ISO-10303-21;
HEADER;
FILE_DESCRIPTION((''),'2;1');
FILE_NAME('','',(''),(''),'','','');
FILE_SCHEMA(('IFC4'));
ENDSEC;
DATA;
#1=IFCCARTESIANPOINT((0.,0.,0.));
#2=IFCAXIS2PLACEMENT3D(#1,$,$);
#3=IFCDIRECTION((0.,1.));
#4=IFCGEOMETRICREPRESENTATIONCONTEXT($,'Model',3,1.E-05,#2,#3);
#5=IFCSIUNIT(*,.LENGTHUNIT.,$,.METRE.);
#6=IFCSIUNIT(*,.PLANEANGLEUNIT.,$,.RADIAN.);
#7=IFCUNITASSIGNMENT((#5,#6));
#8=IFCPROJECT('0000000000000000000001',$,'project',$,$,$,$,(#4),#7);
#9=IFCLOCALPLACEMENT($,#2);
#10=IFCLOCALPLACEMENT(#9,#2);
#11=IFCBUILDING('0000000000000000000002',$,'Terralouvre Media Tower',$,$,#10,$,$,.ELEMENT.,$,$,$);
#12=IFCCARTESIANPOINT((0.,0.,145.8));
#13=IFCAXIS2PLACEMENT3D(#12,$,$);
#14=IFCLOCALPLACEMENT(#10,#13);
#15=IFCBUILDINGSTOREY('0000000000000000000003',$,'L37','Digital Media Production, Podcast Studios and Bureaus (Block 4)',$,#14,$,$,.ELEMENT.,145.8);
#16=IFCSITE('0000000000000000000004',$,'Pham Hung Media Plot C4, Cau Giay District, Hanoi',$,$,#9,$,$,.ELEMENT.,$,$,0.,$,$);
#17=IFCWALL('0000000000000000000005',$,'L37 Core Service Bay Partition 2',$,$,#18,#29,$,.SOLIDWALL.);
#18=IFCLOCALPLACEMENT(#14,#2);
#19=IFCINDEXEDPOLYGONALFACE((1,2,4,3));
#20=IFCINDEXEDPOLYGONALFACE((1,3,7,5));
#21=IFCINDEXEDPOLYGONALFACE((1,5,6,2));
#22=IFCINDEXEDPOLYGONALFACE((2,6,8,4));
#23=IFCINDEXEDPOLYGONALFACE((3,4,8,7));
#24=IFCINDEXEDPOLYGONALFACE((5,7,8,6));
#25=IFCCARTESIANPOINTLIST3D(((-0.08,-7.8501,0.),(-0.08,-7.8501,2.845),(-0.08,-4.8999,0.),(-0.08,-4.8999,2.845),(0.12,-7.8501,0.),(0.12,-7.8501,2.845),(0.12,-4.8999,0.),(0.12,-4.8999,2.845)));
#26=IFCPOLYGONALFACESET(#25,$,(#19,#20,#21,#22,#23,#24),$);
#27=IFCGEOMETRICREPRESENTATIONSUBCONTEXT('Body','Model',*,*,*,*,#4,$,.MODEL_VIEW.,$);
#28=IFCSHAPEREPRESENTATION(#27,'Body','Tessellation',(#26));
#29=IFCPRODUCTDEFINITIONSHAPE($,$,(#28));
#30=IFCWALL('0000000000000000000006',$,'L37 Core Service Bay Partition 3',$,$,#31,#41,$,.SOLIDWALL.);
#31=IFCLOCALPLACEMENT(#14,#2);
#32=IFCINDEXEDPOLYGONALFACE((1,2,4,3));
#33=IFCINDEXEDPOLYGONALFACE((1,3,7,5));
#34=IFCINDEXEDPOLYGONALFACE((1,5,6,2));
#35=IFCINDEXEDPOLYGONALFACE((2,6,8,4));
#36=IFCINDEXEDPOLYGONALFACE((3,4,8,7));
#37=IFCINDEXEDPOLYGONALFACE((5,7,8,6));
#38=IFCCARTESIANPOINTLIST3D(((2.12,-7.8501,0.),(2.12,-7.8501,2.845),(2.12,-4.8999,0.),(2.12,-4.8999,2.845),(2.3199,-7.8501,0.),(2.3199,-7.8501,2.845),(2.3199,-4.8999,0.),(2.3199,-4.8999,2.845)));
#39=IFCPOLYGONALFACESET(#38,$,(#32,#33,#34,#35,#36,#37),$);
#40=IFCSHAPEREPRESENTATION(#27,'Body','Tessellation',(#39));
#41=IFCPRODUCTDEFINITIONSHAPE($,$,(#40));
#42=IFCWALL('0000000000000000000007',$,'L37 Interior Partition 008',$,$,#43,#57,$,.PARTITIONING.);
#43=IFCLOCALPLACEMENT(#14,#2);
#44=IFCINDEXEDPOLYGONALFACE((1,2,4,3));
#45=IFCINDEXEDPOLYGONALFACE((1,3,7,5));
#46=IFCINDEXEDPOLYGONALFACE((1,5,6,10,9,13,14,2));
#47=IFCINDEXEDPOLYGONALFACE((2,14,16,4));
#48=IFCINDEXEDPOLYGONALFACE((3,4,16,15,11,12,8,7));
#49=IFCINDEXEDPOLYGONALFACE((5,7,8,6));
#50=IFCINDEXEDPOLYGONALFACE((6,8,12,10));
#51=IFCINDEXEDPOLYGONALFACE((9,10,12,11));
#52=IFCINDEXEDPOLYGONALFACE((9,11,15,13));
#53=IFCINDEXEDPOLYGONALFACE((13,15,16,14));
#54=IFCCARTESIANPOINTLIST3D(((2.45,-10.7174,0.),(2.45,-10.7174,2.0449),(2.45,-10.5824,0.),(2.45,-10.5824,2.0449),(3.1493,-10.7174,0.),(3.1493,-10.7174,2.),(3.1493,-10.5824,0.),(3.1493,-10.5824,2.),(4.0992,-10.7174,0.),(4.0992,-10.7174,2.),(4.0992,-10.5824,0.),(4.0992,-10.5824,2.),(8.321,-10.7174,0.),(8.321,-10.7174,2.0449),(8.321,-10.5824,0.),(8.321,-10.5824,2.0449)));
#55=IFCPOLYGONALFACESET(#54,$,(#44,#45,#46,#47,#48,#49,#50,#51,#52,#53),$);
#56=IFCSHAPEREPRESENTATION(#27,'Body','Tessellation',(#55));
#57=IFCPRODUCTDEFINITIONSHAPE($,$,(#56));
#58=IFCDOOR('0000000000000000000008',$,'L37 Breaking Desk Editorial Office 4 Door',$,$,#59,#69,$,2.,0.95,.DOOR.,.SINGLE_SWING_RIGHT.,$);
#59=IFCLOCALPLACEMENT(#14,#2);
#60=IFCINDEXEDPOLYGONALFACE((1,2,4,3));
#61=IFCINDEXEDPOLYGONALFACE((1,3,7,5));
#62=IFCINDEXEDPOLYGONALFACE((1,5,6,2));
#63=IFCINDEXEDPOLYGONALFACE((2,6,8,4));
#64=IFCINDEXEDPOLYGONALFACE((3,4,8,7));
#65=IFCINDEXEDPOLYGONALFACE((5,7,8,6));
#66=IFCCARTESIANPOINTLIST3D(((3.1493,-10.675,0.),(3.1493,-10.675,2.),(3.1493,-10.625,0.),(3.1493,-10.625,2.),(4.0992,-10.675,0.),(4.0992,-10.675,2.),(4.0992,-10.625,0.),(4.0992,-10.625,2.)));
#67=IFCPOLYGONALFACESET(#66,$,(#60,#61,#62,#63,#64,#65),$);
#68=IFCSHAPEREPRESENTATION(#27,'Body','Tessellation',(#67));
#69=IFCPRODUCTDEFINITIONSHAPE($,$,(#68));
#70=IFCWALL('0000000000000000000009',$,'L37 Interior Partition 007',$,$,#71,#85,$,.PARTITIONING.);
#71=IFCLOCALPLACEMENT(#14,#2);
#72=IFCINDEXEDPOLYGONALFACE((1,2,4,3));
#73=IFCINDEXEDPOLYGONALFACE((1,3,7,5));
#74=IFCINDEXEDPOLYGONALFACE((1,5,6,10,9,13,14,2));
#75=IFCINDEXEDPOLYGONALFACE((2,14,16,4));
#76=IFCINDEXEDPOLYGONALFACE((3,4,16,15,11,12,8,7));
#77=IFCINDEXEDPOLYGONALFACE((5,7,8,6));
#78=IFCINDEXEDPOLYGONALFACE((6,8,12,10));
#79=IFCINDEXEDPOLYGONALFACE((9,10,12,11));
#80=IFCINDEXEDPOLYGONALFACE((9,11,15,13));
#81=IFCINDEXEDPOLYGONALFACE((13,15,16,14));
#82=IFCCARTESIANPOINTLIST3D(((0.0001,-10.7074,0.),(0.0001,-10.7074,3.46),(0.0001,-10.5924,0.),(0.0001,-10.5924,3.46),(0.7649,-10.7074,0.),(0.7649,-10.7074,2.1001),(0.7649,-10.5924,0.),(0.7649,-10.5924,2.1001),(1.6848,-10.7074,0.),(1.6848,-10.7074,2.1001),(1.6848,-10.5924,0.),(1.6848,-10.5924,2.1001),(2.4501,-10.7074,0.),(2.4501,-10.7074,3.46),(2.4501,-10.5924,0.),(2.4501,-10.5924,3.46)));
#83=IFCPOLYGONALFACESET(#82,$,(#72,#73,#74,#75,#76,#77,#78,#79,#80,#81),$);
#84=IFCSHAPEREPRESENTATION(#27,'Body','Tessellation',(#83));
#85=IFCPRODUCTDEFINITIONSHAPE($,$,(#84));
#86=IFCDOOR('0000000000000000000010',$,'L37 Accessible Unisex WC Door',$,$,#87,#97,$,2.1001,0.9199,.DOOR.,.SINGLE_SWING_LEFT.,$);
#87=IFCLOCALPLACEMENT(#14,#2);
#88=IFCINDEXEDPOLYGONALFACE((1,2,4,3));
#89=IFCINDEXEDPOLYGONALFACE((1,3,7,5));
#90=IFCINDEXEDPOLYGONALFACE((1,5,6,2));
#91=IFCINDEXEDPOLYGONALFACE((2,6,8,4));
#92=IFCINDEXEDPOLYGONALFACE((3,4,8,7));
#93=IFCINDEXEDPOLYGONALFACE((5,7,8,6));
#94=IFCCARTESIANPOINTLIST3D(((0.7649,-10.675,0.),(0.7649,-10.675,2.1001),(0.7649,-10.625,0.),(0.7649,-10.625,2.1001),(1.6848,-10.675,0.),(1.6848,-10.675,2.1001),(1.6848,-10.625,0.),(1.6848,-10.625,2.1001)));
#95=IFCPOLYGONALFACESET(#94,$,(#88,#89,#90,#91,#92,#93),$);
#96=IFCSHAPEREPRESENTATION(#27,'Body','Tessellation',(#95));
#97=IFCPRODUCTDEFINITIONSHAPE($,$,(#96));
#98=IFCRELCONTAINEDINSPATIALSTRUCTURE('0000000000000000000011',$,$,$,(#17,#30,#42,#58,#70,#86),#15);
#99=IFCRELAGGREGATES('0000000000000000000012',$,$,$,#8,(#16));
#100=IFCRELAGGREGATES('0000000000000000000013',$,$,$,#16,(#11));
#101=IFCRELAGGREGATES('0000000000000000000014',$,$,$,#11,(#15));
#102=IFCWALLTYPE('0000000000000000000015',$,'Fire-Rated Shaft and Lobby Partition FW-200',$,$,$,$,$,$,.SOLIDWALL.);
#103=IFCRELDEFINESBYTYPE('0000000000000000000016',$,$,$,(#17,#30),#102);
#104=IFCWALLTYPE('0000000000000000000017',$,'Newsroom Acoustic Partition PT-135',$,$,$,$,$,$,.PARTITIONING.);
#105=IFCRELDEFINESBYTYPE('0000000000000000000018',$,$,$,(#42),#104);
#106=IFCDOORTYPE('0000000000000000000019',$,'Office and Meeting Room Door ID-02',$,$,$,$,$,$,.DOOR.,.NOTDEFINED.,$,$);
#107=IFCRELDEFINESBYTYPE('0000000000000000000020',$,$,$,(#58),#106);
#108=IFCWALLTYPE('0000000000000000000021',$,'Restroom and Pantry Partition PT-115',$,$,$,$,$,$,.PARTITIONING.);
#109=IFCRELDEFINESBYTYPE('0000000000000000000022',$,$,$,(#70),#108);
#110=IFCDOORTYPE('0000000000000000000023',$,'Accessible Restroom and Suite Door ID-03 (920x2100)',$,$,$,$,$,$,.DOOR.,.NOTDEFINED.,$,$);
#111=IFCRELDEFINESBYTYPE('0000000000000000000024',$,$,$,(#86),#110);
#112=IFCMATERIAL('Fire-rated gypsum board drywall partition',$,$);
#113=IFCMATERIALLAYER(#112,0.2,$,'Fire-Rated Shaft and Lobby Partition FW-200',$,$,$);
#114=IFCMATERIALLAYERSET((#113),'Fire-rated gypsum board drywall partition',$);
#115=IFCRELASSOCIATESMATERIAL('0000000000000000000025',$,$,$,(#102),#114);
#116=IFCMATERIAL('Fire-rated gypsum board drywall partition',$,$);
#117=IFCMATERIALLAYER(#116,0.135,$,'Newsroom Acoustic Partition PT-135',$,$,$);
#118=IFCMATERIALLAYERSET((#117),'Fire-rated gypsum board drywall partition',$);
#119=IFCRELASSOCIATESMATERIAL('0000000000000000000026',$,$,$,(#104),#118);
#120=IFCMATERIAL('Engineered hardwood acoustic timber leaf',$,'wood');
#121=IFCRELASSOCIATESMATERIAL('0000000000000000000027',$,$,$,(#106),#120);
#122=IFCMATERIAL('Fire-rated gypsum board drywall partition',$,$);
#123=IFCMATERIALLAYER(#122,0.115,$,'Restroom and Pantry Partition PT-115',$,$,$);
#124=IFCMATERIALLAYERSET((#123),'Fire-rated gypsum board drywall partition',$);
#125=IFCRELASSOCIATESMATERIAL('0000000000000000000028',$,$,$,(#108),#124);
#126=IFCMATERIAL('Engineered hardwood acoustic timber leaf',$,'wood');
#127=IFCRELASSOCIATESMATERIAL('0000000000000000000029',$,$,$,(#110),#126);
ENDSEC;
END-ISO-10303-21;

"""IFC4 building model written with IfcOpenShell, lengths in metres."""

from ifc_helpers import new_model, si_unit, direction, frame, frame_2d, origin, place, context, subcontext, project, spatial, rectangle, extrude, material, layer, layer_set, type_object, element, fill, save


model = new_model("IFC4")

# Units and contexts
model_context = context("Model", 3, precision=1e-05, world=origin(), true_north=direction((0.0, 1.0)))
body_context = subcontext(model_context, "Body", "Model", "MODEL_VIEW")
ifc_project = project(units=[si_unit("LENGTHUNIT", "METRE"), si_unit("PLANEANGLEUNIT", "RADIAN")], contexts=[model_context])

# Site, building, storey
site_placement = place(None, origin())
site = spatial("IfcSite", under=ifc_project, at=site_placement, Name="Pham Hung Media Plot C4, Cau Giay District, Hanoi", CompositionType="ELEMENT", RefElevation=0.0)
building_placement = place(site_placement, origin())
building = spatial("IfcBuilding", under=site, at=building_placement, Name="Terralouvre Media Tower", CompositionType="ELEMENT")
storey_placement = place(building_placement, frame((0.0, 0.0, 145.8)))
storey = spatial("IfcBuildingStorey", under=building, at=storey_placement, Name="L37", Description="Digital Media Production, Podcast Studios and Bureaus (Block 4)", CompositionType="ELEMENT", Elevation=145.8)

# Walls
ifc_material_1 = material(Name="Fire-rated gypsum board drywall partition")
ifc_layer_1 = layer(ifc_material_1, 0.2, Name="Fire-Rated Shaft and Lobby Partition FW-200")
ifc_layer_set_1 = layer_set([ifc_layer_1], Name="Fire-rated gypsum board drywall partition")
wall_type_1 = type_object("IfcWallType", Name="Fire-Rated Shaft and Lobby Partition FW-200", PredefinedType="SOLIDWALL", material=ifc_layer_set_1)
for number, where, z_axis, x_axis, name in (
    (1, (0.02, -7.8501, 0.0), (0.0, 0.0, 1.0), (0.0, 1.0, 0.0), "L37 Core Service Bay Partition 2"),
    (2, (2.22, -7.8501, 0.0), (0.0, 0.0, 1.0), (0.0, 1.0, 0.0), "L37 Core Service Bay Partition 3"),
):
    element("IfcWall", number, at=place(storey_placement, frame(where, z_axis=z_axis, x_axis=x_axis)), inside=storey, type_object=wall_type_1, Name=name, PredefinedType="SOLIDWALL", context=body_context, shape_type="SweptSolid", body=[
        extrude(rectangle(XDim=2.9502, YDim=0.2, at=frame_2d((1.4751, 0.0))), origin(), (0.0, 0.0, 1.0), 2.845),
    ])

# Walls, openings, doors
ifc_material_2 = material(Name="Fire-rated gypsum board drywall partition")
ifc_layer_2 = layer(ifc_material_2, 0.135, Name="Newsroom Acoustic Partition PT-135")
ifc_layer_set_2 = layer_set([ifc_layer_2], Name="Fire-rated gypsum board drywall partition")
wall_type_2 = type_object("IfcWallType", Name="Newsroom Acoustic Partition PT-135", PredefinedType="PARTITIONING", material=ifc_layer_set_2)
wall_1_placement = place(storey_placement, frame((2.45, -10.6499, 0.0), z_axis=(0.0, 0.0, 1.0), x_axis=(1.0, 0.0, 0.0)))
wall_1 = element("IfcWall", 3, at=wall_1_placement, inside=storey, type_object=wall_type_2, Name="L37 Interior Partition 008", PredefinedType="PARTITIONING", context=body_context, shape_type="SweptSolid", body=[
    extrude(rectangle(XDim=5.8711, YDim=0.135, at=frame_2d((2.9355, 0.0))), origin(), (0.0, 0.0, 1.0), 2.0449),
])
opening_1_placement = place(wall_1_placement, frame((0.6992, 0.0, 0.0)))
opening_1 = element("IfcOpeningElement", 4, at=opening_1_placement, cuts=wall_1, PredefinedType="OPENING", context=body_context, shape_type="SweptSolid", body=[
    extrude(rectangle(XDim=0.95, YDim=2.0, at=frame_2d((0.4751, 1.0))), frame((0.0, 0.0774, 0.0), z_axis=(0.0, -1.0, 0.0), x_axis=(1.0, 0.0, 0.0)), (0.0, 0.0, 1.0), 0.155),
])
ifc_material_3 = material(Name="Engineered hardwood acoustic timber leaf", Category="wood")
door_type_1 = type_object("IfcDoorType", Name="Office and Meeting Room Door ID-02", OperationType="NOTDEFINED", PredefinedType="DOOR", material=ifc_material_3)
door_1_placement = place(opening_1_placement, origin())
door_1 = element("IfcDoor", 5, at=door_1_placement, inside=storey, type_object=door_type_1, Name="L37 Breaking Desk Editorial Office 4 Door", OperationType="SINGLE_SWING_RIGHT", OverallHeight=2.0, OverallWidth=0.95, PredefinedType="DOOR", context=body_context, shape_type="SweptSolid", body=[
    extrude(rectangle(XDim=0.95, YDim=2.0, at=frame_2d((0.4751, 1.0))), frame((0.0, 0.0249, 0.0), z_axis=(0.0, -1.0, 0.0), x_axis=(1.0, 0.0, 0.0)), (0.0, 0.0, 1.0), 0.05),
])
fill(opening_1, door_1)
ifc_material_4 = material(Name="Fire-rated gypsum board drywall partition")
ifc_layer_3 = layer(ifc_material_4, 0.115, Name="Restroom and Pantry Partition PT-115")
ifc_layer_set_3 = layer_set([ifc_layer_3], Name="Fire-rated gypsum board drywall partition")
wall_type_3 = type_object("IfcWallType", Name="Restroom and Pantry Partition PT-115", PredefinedType="PARTITIONING", material=ifc_layer_set_3)
wall_2_placement = place(storey_placement, frame((0.0, -10.6499, 0.0), z_axis=(0.0, 0.0, 1.0), x_axis=(1.0, 0.0, 0.0)))
wall_2 = element("IfcWall", 6, at=wall_2_placement, inside=storey, type_object=wall_type_3, Name="L37 Interior Partition 007", PredefinedType="PARTITIONING", context=body_context, shape_type="SweptSolid", body=[
    extrude(rectangle(XDim=2.45, YDim=0.115, at=frame_2d((1.2251, 0.0))), origin(), (0.0, 0.0, 1.0), 3.46),
])
opening_2_placement = place(wall_2_placement, frame((0.7649, 0.0, 0.0)))
opening_2 = element("IfcOpeningElement", 7, at=opening_2_placement, cuts=wall_2, PredefinedType="OPENING", context=body_context, shape_type="SweptSolid", body=[
    extrude(rectangle(XDim=0.9199, YDim=2.1001, at=frame_2d((0.46, 1.05))), frame((0.0, 0.0674, 0.0), z_axis=(0.0, -1.0, 0.0), x_axis=(1.0, 0.0, 0.0)), (0.0, 0.0, 1.0), 0.135),
])
ifc_material_5 = material(Name="Engineered hardwood acoustic timber leaf", Category="wood")
door_type_2 = type_object("IfcDoorType", Name="Accessible Restroom and Suite Door ID-03 (920x2100)", OperationType="NOTDEFINED", PredefinedType="DOOR", material=ifc_material_5)
door_2_placement = place(opening_2_placement, origin())
door_2 = element("IfcDoor", 8, at=door_2_placement, inside=storey, type_object=door_type_2, Name="L37 Accessible Unisex WC Door", OperationType="SINGLE_SWING_LEFT", OverallHeight=2.1001, OverallWidth=0.9199, PredefinedType="DOOR", context=body_context, shape_type="SweptSolid", body=[
    extrude(rectangle(XDim=0.9199, YDim=2.1001, at=frame_2d((0.46, 1.05))), frame((0.0, 0.0249, 0.0), z_axis=(0.0, -1.0, 0.0), x_axis=(1.0, 0.0, 0.0)), (0.0, 0.0, 1.0), 0.05),
])
fill(opening_2, door_2)

save(model, "model.ifc")
